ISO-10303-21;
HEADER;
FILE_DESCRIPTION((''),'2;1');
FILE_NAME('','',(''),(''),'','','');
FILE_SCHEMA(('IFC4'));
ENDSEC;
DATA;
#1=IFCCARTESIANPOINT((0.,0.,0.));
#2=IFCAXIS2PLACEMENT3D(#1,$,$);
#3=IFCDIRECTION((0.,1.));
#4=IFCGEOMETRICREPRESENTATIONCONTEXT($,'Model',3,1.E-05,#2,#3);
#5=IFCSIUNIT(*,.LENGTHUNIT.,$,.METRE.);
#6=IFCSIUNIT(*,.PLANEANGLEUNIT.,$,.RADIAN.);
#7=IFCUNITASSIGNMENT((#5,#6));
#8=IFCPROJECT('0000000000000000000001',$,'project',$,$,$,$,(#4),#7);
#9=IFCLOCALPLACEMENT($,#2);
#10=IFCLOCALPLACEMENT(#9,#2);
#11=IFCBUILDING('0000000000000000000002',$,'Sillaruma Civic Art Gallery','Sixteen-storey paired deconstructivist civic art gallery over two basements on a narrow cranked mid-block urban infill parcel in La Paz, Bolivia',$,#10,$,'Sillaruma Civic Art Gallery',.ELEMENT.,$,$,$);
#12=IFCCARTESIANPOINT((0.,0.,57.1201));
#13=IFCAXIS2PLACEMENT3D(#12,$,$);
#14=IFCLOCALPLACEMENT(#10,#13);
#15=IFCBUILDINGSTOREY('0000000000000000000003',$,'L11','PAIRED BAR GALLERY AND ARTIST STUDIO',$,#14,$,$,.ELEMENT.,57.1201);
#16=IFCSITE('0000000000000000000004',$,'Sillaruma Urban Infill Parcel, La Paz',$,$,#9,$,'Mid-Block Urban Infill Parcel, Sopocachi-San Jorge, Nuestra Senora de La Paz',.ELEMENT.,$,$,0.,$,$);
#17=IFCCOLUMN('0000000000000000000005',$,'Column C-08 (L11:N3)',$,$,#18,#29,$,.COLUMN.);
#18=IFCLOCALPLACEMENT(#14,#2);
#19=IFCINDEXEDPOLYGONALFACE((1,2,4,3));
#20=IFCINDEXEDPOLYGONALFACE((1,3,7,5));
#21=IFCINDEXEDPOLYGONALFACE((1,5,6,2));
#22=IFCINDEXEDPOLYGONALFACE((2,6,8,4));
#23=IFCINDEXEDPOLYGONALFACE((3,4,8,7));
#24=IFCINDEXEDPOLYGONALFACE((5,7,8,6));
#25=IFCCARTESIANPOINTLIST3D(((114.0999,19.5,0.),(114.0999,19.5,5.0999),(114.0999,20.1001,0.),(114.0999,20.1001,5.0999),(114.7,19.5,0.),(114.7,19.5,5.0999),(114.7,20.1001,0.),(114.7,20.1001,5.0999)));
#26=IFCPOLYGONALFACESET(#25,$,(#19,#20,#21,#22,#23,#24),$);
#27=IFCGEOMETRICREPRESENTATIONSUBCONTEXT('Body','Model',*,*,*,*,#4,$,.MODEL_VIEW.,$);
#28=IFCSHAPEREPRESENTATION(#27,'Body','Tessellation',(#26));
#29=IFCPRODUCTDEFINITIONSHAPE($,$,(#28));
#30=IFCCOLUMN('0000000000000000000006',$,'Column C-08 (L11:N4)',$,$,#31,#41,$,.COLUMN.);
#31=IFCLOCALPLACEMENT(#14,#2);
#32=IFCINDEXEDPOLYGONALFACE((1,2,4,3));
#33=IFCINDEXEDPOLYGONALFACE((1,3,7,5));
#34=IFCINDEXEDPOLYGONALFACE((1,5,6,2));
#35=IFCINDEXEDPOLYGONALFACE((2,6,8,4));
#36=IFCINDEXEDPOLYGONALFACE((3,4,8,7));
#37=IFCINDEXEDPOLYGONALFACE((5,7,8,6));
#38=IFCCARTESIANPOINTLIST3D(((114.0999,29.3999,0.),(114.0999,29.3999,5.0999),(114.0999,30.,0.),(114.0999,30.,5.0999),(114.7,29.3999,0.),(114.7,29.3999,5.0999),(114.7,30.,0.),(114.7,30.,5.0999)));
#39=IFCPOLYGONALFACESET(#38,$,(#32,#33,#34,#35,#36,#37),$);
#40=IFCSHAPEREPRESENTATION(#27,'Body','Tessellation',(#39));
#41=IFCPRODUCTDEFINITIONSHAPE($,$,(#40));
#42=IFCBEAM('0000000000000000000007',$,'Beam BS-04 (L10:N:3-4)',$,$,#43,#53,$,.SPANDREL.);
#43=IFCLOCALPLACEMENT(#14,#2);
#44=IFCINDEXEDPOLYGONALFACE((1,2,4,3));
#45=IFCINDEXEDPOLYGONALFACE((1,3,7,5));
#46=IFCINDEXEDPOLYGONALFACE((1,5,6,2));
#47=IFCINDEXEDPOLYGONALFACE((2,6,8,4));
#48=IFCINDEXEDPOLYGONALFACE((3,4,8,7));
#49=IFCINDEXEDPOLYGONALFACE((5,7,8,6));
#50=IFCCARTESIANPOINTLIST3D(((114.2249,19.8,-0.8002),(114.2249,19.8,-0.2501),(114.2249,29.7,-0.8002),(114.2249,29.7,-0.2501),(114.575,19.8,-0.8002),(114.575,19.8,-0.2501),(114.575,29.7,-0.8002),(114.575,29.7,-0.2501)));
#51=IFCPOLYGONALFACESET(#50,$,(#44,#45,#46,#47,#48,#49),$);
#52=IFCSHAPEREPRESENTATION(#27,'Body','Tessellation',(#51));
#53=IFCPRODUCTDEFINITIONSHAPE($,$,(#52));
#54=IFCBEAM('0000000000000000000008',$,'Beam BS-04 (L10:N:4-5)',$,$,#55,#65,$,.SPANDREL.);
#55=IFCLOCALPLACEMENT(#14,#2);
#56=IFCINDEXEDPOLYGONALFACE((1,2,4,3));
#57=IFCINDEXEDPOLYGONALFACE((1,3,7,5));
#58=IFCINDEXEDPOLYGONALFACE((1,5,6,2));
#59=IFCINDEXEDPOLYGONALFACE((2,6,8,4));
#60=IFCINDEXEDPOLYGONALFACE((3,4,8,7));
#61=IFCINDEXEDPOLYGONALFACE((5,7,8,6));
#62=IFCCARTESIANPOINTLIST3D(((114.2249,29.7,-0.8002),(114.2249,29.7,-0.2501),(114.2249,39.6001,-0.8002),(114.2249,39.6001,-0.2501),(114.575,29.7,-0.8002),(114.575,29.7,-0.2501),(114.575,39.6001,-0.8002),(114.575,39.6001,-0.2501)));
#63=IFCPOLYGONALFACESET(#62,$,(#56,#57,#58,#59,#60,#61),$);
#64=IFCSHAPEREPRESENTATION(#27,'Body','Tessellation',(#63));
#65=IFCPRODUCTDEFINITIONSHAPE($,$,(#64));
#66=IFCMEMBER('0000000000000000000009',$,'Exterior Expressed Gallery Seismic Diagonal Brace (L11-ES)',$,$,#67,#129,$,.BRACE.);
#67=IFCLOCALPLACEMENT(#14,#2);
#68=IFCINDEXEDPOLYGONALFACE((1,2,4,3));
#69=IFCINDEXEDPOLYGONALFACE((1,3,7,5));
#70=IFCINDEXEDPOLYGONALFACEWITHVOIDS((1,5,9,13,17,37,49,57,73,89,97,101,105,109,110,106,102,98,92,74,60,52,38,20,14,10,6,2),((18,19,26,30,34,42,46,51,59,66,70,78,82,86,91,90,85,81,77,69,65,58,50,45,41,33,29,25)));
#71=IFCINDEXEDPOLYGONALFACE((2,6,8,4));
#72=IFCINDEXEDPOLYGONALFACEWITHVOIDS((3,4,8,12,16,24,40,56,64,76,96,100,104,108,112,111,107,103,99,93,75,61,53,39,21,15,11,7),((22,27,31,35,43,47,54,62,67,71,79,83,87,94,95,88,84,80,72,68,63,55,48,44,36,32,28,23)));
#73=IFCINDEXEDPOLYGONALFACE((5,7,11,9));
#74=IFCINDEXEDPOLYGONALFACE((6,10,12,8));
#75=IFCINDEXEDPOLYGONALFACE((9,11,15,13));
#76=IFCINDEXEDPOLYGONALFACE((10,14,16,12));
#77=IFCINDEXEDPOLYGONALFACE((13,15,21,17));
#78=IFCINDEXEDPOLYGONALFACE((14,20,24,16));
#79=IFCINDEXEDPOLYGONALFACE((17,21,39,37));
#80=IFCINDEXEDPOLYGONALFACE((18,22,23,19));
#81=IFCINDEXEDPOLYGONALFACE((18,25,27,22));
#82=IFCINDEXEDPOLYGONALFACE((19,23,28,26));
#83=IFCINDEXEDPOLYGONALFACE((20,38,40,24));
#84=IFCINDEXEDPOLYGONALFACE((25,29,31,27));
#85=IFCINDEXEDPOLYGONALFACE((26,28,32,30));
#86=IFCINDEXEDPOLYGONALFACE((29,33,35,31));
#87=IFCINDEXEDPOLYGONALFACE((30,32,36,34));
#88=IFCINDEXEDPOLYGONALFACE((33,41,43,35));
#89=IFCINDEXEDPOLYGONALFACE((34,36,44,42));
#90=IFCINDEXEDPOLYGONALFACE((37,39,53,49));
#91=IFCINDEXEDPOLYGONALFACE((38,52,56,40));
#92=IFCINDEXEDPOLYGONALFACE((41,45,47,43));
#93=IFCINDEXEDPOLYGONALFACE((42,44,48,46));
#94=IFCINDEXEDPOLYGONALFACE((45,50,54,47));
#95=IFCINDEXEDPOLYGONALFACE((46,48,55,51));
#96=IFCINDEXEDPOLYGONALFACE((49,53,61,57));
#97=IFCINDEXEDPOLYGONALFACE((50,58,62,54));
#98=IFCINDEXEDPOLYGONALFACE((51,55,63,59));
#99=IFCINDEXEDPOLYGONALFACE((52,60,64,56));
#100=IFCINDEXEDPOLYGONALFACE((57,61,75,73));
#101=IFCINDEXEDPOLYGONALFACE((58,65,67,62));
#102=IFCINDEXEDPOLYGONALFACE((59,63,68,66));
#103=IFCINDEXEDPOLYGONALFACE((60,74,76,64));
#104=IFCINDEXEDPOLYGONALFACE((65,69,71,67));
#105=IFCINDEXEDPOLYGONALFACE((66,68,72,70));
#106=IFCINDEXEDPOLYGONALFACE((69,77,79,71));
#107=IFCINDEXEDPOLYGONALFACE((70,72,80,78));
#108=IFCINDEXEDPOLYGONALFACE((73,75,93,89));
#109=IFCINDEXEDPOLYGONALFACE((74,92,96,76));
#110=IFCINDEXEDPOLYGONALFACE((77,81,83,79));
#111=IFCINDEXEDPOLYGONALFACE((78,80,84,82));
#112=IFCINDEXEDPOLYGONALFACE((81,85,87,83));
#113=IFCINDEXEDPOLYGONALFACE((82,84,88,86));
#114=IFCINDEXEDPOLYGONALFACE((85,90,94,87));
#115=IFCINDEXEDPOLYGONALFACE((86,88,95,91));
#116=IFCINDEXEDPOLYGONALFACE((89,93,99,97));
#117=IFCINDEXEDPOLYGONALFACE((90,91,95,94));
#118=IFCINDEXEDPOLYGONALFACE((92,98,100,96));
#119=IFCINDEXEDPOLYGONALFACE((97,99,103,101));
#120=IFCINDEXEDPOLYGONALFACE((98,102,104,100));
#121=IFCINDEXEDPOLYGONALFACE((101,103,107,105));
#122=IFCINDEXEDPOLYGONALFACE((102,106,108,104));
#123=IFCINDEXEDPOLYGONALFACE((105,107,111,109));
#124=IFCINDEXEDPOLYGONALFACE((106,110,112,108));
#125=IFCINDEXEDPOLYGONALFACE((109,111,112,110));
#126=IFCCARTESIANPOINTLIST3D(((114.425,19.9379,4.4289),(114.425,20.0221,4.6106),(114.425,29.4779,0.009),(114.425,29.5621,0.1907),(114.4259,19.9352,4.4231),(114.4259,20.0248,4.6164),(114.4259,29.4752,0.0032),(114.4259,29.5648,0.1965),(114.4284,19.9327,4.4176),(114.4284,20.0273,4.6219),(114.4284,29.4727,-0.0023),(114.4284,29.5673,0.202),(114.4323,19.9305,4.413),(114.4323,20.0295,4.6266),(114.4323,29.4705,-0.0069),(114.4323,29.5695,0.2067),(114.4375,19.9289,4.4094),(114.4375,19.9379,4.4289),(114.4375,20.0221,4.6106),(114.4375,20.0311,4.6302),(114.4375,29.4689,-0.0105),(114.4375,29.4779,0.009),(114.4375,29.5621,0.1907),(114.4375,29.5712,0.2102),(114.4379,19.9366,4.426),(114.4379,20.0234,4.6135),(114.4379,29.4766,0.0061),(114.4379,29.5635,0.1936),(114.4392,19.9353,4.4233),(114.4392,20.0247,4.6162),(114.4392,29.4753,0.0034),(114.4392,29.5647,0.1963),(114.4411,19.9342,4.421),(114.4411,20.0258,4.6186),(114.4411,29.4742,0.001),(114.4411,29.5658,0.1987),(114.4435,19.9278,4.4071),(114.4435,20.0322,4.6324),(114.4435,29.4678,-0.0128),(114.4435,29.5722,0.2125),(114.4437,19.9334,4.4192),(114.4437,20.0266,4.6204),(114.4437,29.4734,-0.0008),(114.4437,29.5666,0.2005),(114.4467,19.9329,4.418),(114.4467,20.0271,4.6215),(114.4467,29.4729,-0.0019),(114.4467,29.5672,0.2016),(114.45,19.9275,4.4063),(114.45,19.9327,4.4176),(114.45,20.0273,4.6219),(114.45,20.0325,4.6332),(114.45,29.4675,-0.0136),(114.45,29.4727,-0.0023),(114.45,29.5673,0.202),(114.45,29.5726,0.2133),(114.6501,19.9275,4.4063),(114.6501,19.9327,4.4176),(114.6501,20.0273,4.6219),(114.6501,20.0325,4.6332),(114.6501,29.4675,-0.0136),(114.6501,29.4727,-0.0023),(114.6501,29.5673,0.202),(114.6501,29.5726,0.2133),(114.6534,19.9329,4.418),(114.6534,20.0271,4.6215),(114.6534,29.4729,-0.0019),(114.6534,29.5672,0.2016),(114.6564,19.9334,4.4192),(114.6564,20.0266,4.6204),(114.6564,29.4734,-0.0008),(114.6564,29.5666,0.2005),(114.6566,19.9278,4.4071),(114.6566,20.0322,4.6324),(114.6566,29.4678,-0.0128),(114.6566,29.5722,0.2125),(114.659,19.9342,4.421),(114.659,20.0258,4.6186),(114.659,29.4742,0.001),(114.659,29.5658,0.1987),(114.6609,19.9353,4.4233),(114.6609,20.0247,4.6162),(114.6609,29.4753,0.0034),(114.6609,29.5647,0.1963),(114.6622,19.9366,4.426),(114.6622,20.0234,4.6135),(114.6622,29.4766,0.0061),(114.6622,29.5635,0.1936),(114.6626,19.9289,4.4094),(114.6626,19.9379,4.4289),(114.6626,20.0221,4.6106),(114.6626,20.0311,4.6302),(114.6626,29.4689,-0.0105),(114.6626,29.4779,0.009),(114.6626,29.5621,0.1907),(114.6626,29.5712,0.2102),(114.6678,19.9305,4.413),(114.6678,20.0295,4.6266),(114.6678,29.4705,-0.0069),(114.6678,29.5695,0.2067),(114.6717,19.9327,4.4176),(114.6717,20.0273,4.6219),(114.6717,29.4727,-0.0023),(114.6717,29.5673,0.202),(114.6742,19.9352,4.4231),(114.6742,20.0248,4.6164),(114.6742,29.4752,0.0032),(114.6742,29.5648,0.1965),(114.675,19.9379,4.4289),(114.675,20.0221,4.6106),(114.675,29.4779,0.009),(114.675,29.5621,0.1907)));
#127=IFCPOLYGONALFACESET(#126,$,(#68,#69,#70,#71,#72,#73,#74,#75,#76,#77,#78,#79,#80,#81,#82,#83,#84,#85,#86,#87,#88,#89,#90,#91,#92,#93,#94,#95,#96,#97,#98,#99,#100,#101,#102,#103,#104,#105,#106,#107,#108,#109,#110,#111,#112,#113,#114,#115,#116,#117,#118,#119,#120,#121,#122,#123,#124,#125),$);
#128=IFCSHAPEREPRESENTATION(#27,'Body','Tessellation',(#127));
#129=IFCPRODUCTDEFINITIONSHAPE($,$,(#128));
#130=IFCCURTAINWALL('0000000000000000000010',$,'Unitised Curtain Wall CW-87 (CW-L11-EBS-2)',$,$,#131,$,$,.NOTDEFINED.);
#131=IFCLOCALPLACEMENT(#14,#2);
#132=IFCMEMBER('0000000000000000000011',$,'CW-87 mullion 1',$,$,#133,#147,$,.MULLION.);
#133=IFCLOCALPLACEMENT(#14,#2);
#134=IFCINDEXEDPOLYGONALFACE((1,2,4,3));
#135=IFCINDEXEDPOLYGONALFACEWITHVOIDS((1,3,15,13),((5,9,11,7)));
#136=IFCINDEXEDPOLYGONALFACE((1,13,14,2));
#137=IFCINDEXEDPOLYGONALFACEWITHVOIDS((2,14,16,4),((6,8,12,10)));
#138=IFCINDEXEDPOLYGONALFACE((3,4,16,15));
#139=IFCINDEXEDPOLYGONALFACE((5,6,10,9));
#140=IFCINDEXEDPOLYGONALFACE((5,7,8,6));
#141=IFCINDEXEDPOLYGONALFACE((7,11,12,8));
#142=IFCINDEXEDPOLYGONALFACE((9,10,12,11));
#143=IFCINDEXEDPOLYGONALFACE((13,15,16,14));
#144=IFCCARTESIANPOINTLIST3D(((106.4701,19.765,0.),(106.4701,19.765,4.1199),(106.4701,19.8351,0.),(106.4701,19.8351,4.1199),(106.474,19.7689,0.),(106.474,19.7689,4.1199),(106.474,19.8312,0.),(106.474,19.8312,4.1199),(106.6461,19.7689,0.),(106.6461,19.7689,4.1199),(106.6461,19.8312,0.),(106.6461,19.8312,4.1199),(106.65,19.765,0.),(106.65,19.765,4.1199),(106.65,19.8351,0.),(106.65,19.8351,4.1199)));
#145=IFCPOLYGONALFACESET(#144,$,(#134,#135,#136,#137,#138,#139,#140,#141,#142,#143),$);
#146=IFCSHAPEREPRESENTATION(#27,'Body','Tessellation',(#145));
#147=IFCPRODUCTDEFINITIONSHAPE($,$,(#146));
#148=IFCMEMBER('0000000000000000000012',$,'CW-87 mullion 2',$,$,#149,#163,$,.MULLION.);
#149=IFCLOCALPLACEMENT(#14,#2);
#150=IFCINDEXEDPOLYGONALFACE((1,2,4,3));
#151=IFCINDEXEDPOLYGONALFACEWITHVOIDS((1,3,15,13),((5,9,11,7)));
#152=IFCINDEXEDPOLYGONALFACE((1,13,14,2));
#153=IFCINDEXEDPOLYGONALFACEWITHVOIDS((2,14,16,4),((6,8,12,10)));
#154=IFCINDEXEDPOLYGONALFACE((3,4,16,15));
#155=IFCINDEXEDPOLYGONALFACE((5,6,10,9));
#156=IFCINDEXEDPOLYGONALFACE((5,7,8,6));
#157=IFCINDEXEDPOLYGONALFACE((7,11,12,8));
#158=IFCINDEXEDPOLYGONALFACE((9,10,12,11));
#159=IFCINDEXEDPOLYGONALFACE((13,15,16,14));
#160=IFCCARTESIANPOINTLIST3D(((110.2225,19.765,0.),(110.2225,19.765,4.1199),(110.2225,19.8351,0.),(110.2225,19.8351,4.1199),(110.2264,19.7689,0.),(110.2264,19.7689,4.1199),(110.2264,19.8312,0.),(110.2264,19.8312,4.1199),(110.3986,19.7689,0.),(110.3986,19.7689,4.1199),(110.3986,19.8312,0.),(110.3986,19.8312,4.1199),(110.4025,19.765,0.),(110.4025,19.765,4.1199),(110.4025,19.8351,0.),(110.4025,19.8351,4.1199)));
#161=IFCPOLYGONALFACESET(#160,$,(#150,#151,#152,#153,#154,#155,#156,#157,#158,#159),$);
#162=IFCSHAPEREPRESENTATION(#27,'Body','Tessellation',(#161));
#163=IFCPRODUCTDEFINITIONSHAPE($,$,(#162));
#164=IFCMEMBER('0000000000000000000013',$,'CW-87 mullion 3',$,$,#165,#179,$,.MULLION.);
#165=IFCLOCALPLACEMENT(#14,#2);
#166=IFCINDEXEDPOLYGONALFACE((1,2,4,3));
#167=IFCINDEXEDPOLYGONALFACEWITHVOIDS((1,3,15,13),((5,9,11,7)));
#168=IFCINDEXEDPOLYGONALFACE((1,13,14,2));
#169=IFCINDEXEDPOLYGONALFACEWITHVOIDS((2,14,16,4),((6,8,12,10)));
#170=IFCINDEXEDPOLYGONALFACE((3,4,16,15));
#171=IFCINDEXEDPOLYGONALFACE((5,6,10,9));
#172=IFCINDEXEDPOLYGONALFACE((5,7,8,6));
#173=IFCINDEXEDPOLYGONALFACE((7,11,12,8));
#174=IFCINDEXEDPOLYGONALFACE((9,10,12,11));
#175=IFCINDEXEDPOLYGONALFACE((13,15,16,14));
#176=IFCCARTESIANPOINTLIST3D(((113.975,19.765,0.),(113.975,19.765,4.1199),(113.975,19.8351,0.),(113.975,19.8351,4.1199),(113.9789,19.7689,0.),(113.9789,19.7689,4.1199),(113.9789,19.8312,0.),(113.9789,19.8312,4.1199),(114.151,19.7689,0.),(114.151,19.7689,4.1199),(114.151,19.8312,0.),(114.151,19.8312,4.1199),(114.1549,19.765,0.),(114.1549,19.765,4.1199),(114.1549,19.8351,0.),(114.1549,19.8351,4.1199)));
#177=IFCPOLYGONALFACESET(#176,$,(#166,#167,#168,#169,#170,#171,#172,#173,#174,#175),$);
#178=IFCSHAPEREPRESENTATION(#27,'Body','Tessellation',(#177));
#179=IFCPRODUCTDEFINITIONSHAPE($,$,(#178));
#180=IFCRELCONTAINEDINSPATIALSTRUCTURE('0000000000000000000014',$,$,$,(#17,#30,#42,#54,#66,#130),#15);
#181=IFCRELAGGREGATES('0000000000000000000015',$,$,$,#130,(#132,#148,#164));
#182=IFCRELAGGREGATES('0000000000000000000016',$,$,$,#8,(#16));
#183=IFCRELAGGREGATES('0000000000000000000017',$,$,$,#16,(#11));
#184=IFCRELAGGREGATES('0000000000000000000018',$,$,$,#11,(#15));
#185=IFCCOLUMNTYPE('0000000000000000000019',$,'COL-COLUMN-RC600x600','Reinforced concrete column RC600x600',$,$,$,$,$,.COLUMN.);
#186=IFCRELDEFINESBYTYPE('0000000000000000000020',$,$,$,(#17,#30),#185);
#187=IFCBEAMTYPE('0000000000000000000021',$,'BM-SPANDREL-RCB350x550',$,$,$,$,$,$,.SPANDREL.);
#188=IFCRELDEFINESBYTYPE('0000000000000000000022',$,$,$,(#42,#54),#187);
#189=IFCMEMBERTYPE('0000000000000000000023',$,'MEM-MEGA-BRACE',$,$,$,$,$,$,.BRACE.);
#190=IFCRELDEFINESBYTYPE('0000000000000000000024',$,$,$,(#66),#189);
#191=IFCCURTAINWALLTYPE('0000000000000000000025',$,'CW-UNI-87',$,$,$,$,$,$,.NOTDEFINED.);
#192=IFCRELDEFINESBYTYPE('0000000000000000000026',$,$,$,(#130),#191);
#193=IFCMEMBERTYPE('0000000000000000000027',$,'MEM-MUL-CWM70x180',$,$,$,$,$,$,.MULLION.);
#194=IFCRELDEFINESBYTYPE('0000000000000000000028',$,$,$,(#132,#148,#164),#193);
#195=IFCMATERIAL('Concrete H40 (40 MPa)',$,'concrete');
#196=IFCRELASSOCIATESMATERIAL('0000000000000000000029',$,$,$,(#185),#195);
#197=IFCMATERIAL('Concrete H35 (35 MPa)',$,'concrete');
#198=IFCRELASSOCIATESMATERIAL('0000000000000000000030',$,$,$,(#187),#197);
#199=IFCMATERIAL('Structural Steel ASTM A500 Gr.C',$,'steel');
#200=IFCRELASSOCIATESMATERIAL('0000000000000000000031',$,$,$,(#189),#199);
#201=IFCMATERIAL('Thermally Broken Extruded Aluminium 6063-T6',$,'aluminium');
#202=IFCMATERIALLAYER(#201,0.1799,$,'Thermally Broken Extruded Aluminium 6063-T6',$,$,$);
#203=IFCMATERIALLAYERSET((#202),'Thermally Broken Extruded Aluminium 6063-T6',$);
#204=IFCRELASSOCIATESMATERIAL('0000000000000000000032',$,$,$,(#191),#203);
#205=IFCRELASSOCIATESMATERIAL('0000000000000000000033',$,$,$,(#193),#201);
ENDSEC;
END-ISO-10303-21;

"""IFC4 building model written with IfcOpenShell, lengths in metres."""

from ifc_helpers import new_model, si_unit, direction, frame, origin, origin_2d, place, context, subcontext, project, spatial, rectangle, hollow_rectangle, extrude, material, layer, layer_set, material_profile, profile_set, type_object, element, aggregate, save


model = new_model("IFC4")

# Units and contexts
model_context = context("Model", 3, precision=1e-05, world=origin(), true_north=direction((0.0, 1.0)))
body_context = subcontext(model_context, "Body", "Model", "MODEL_VIEW")
ifc_project = project(units=[si_unit("LENGTHUNIT", "METRE"), si_unit("PLANEANGLEUNIT", "RADIAN")], contexts=[model_context])

# Site, building, storey
site_placement = place(None, origin())
site = spatial("IfcSite", under=ifc_project, at=site_placement, Name="Sillaruma Urban Infill Parcel, La Paz", LongName="Mid-Block Urban Infill Parcel, Sopocachi-San Jorge, Nuestra Senora de La Paz", CompositionType="ELEMENT", RefElevation=0.0)
building_placement = place(site_placement, origin())
building = spatial("IfcBuilding", under=site, at=building_placement, Name="Sillaruma Civic Art Gallery", Description="Sixteen-storey paired deconstructivist civic art gallery over two basements on a narrow cranked mid-block urban infill parcel in La Paz, Bolivia", LongName="Sillaruma Civic Art Gallery", CompositionType="ELEMENT")
storey_placement = place(building_placement, frame((0.0, 0.0, 57.1201)))
storey = spatial("IfcBuildingStorey", under=building, at=storey_placement, Name="L11", Description="PAIRED BAR GALLERY AND ARTIST STUDIO", CompositionType="ELEMENT", Elevation=57.1201)

# Columns
ifc_material_1 = material(Name="Concrete H40 (40 MPa)", Category="concrete")
ifc_material_profile_1 = material_profile(ifc_material_1, rectangle(XDim=0.6001, YDim=0.6001, at=origin_2d()), Name="RC600x600")
ifc_profile_set_1 = profile_set([ifc_material_profile_1], Name="Concrete H40 (40 MPa)")
column_type = type_object("IfcColumnType", Name="COL-COLUMN-RC600x600", Description="Reinforced concrete column RC600x600", PredefinedType="COLUMN", material=ifc_profile_set_1)
for number, where, z_axis, x_axis, name in (
    (1, (114.3999, 19.8, 0.0), (0.0, 0.0, 1.0), (1.0, 0.0, 0.0), "Column C-08 (L11:N3)"),
    (2, (114.3999, 29.7, 0.0), (0.0, 0.0, 1.0), (1.0, 0.0, 0.0), "Column C-08 (L11:N4)"),
):
    element("IfcColumn", number, at=place(storey_placement, frame(where, z_axis=z_axis, x_axis=x_axis)), inside=storey, type_object=column_type, Name=name, PredefinedType="COLUMN", context=body_context, shape_type="SweptSolid", body=[
        extrude(rectangle(XDim=0.6001, YDim=0.6001, at=origin_2d()), origin(), (0.0, 0.0, 1.0), 5.0999),
    ])

# Beams
ifc_material_2 = material(Name="Concrete H35 (35 MPa)", Category="concrete")
ifc_material_profile_2 = material_profile(ifc_material_2, rectangle(XDim=0.3501, YDim=0.55, at=origin_2d()), Name="RCB350x550")
ifc_profile_set_2 = profile_set([ifc_material_profile_2], Name="Concrete H35 (35 MPa)")
beam_type = type_object("IfcBeamType", Name="BM-SPANDREL-RCB350x550", PredefinedType="SPANDREL", material=ifc_profile_set_2)
beam_1_placement = place(storey_placement, frame((114.3999, 19.8, -0.5251), z_axis=(0.0, 1.0, 0.0), x_axis=(-1.0, 0.0, 0.0)))
element("IfcBeam", 3, at=beam_1_placement, inside=storey, type_object=beam_type, Name="Beam BS-04 (L10:N:3-4)", PredefinedType="SPANDREL", context=body_context, shape_type="SweptSolid", body=[
    extrude(rectangle(XDim=0.3501, YDim=0.55, at=origin_2d()), origin(), (0.0, 0.0, 1.0), 9.8999),
])
beam_2_placement = place(storey_placement, frame((114.3999, 29.7, -0.5251), z_axis=(0.0, 1.0, 0.0), x_axis=(-1.0, 0.0, 0.0)))
element("IfcBeam", 4, at=beam_2_placement, inside=storey, type_object=beam_type, Name="Beam BS-04 (L10:N:4-5)", PredefinedType="SPANDREL", context=body_context, shape_type="SweptSolid", body=[
    extrude(rectangle(XDim=0.3501, YDim=0.55, at=origin_2d()), origin(), (0.0, 0.0, 1.0), 9.9001),
])

# Member
ifc_material_3 = material(Name="Structural Steel ASTM A500 Gr.C", Category="steel")
ifc_material_profile_3 = material_profile(ifc_material_3, hollow_rectangle(XDim=0.25, YDim=0.25, WallThickness=0.0125, InnerFilletRadius=0.0125, OuterFilletRadius=0.0249, at=origin_2d()), Name="HSS250x250x12.5")
ifc_profile_set_3 = profile_set([ifc_material_profile_3], Name="Structural Steel ASTM A500 Gr.C")
member_type_1 = type_object("IfcMemberType", Name="MEM-MEGA-BRACE", PredefinedType="BRACE", material=ifc_profile_set_3)
member_1_placement = place(storey_placement, frame((114.55, 29.52, 0.0999), z_axis=(0.0, -0.907349, 0.420377), x_axis=(1.0, 0.0, 0.0)))
element("IfcMember", 5, at=member_1_placement, inside=storey, type_object=member_type_1, Name="Exterior Expressed Gallery Seismic Diagonal Brace (L11-ES)", PredefinedType="BRACE", context=body_context, shape_type="SweptSolid", body=[
    extrude(hollow_rectangle(XDim=0.25, YDim=0.25, WallThickness=0.0125, InnerFilletRadius=0.0125, OuterFilletRadius=0.0249, at=origin_2d()), origin(), (0.0, 0.0, 1.0), 10.5142),
])

# Curtain wall, members
ifc_material_4 = material(Name="Thermally Broken Extruded Aluminium 6063-T6", Category="aluminium")
ifc_layer_1 = layer(ifc_material_4, 0.1799, Name="Thermally Broken Extruded Aluminium 6063-T6")
ifc_layer_set_1 = layer_set([ifc_layer_1], Name="Thermally Broken Extruded Aluminium 6063-T6")
curtain_wall_type = type_object("IfcCurtainWallType", Name="CW-UNI-87", PredefinedType="NOTDEFINED", material=ifc_layer_set_1)
curtain_wall_placement = place(storey_placement, origin())
curtain_wall = element("IfcCurtainWall", 6, at=curtain_wall_placement, inside=storey, type_object=curtain_wall_type, Name="Unitised Curtain Wall CW-87 (CW-L11-EBS-2)", PredefinedType="NOTDEFINED")
ifc_material_profile_4 = material_profile(ifc_material_4, hollow_rectangle(XDim=0.0701, YDim=0.1799, WallThickness=0.0039, at=origin_2d()), Name="CWM70x180")
ifc_profile_set_4 = profile_set([ifc_material_profile_4], Name="Thermally Broken Extruded Aluminium 6063-T6")
member_type_2 = type_object("IfcMemberType", Name="MEM-MUL-CWM70x180", PredefinedType="MULLION", material=ifc_profile_set_4)
member_2_placement = place(storey_placement, frame((106.5601, 19.8, 0.0), z_axis=(0.0, 0.0, 1.0), x_axis=(0.0, 1.0, 0.0)))
member_2 = element("IfcMember", 7, at=member_2_placement, type_object=member_type_2, Name="CW-87 mullion 1", PredefinedType="MULLION", context=body_context, shape_type="SweptSolid", body=[
    extrude(hollow_rectangle(XDim=0.0701, YDim=0.1799, WallThickness=0.0039, at=origin_2d()), origin(), (0.0, 0.0, 1.0), 4.1199),
])
member_3_placement = place(storey_placement, frame((110.3125, 19.8, 0.0), z_axis=(0.0, 0.0, 1.0), x_axis=(0.0, 1.0, 0.0)))
member_3 = element("IfcMember", 8, at=member_3_placement, type_object=member_type_2, Name="CW-87 mullion 2", PredefinedType="MULLION", context=body_context, shape_type="SweptSolid", body=[
    extrude(hollow_rectangle(XDim=0.0701, YDim=0.1799, WallThickness=0.0039, at=origin_2d()), origin(), (0.0, 0.0, 1.0), 4.1199),
])
member_4_placement = place(storey_placement, frame((114.0649, 19.8, 0.0), z_axis=(0.0, 0.0, 1.0), x_axis=(0.0, 1.0, 0.0)))
member_4 = element("IfcMember", 9, at=member_4_placement, type_object=member_type_2, Name="CW-87 mullion 3", PredefinedType="MULLION", context=body_context, shape_type="SweptSolid", body=[
    extrude(hollow_rectangle(XDim=0.0701, YDim=0.1799, WallThickness=0.0039, at=origin_2d()), origin(), (0.0, 0.0, 1.0), 4.1199),
])

aggregate(curtain_wall, [member_2, member_3, member_4])

save(model, "model.ifc")
